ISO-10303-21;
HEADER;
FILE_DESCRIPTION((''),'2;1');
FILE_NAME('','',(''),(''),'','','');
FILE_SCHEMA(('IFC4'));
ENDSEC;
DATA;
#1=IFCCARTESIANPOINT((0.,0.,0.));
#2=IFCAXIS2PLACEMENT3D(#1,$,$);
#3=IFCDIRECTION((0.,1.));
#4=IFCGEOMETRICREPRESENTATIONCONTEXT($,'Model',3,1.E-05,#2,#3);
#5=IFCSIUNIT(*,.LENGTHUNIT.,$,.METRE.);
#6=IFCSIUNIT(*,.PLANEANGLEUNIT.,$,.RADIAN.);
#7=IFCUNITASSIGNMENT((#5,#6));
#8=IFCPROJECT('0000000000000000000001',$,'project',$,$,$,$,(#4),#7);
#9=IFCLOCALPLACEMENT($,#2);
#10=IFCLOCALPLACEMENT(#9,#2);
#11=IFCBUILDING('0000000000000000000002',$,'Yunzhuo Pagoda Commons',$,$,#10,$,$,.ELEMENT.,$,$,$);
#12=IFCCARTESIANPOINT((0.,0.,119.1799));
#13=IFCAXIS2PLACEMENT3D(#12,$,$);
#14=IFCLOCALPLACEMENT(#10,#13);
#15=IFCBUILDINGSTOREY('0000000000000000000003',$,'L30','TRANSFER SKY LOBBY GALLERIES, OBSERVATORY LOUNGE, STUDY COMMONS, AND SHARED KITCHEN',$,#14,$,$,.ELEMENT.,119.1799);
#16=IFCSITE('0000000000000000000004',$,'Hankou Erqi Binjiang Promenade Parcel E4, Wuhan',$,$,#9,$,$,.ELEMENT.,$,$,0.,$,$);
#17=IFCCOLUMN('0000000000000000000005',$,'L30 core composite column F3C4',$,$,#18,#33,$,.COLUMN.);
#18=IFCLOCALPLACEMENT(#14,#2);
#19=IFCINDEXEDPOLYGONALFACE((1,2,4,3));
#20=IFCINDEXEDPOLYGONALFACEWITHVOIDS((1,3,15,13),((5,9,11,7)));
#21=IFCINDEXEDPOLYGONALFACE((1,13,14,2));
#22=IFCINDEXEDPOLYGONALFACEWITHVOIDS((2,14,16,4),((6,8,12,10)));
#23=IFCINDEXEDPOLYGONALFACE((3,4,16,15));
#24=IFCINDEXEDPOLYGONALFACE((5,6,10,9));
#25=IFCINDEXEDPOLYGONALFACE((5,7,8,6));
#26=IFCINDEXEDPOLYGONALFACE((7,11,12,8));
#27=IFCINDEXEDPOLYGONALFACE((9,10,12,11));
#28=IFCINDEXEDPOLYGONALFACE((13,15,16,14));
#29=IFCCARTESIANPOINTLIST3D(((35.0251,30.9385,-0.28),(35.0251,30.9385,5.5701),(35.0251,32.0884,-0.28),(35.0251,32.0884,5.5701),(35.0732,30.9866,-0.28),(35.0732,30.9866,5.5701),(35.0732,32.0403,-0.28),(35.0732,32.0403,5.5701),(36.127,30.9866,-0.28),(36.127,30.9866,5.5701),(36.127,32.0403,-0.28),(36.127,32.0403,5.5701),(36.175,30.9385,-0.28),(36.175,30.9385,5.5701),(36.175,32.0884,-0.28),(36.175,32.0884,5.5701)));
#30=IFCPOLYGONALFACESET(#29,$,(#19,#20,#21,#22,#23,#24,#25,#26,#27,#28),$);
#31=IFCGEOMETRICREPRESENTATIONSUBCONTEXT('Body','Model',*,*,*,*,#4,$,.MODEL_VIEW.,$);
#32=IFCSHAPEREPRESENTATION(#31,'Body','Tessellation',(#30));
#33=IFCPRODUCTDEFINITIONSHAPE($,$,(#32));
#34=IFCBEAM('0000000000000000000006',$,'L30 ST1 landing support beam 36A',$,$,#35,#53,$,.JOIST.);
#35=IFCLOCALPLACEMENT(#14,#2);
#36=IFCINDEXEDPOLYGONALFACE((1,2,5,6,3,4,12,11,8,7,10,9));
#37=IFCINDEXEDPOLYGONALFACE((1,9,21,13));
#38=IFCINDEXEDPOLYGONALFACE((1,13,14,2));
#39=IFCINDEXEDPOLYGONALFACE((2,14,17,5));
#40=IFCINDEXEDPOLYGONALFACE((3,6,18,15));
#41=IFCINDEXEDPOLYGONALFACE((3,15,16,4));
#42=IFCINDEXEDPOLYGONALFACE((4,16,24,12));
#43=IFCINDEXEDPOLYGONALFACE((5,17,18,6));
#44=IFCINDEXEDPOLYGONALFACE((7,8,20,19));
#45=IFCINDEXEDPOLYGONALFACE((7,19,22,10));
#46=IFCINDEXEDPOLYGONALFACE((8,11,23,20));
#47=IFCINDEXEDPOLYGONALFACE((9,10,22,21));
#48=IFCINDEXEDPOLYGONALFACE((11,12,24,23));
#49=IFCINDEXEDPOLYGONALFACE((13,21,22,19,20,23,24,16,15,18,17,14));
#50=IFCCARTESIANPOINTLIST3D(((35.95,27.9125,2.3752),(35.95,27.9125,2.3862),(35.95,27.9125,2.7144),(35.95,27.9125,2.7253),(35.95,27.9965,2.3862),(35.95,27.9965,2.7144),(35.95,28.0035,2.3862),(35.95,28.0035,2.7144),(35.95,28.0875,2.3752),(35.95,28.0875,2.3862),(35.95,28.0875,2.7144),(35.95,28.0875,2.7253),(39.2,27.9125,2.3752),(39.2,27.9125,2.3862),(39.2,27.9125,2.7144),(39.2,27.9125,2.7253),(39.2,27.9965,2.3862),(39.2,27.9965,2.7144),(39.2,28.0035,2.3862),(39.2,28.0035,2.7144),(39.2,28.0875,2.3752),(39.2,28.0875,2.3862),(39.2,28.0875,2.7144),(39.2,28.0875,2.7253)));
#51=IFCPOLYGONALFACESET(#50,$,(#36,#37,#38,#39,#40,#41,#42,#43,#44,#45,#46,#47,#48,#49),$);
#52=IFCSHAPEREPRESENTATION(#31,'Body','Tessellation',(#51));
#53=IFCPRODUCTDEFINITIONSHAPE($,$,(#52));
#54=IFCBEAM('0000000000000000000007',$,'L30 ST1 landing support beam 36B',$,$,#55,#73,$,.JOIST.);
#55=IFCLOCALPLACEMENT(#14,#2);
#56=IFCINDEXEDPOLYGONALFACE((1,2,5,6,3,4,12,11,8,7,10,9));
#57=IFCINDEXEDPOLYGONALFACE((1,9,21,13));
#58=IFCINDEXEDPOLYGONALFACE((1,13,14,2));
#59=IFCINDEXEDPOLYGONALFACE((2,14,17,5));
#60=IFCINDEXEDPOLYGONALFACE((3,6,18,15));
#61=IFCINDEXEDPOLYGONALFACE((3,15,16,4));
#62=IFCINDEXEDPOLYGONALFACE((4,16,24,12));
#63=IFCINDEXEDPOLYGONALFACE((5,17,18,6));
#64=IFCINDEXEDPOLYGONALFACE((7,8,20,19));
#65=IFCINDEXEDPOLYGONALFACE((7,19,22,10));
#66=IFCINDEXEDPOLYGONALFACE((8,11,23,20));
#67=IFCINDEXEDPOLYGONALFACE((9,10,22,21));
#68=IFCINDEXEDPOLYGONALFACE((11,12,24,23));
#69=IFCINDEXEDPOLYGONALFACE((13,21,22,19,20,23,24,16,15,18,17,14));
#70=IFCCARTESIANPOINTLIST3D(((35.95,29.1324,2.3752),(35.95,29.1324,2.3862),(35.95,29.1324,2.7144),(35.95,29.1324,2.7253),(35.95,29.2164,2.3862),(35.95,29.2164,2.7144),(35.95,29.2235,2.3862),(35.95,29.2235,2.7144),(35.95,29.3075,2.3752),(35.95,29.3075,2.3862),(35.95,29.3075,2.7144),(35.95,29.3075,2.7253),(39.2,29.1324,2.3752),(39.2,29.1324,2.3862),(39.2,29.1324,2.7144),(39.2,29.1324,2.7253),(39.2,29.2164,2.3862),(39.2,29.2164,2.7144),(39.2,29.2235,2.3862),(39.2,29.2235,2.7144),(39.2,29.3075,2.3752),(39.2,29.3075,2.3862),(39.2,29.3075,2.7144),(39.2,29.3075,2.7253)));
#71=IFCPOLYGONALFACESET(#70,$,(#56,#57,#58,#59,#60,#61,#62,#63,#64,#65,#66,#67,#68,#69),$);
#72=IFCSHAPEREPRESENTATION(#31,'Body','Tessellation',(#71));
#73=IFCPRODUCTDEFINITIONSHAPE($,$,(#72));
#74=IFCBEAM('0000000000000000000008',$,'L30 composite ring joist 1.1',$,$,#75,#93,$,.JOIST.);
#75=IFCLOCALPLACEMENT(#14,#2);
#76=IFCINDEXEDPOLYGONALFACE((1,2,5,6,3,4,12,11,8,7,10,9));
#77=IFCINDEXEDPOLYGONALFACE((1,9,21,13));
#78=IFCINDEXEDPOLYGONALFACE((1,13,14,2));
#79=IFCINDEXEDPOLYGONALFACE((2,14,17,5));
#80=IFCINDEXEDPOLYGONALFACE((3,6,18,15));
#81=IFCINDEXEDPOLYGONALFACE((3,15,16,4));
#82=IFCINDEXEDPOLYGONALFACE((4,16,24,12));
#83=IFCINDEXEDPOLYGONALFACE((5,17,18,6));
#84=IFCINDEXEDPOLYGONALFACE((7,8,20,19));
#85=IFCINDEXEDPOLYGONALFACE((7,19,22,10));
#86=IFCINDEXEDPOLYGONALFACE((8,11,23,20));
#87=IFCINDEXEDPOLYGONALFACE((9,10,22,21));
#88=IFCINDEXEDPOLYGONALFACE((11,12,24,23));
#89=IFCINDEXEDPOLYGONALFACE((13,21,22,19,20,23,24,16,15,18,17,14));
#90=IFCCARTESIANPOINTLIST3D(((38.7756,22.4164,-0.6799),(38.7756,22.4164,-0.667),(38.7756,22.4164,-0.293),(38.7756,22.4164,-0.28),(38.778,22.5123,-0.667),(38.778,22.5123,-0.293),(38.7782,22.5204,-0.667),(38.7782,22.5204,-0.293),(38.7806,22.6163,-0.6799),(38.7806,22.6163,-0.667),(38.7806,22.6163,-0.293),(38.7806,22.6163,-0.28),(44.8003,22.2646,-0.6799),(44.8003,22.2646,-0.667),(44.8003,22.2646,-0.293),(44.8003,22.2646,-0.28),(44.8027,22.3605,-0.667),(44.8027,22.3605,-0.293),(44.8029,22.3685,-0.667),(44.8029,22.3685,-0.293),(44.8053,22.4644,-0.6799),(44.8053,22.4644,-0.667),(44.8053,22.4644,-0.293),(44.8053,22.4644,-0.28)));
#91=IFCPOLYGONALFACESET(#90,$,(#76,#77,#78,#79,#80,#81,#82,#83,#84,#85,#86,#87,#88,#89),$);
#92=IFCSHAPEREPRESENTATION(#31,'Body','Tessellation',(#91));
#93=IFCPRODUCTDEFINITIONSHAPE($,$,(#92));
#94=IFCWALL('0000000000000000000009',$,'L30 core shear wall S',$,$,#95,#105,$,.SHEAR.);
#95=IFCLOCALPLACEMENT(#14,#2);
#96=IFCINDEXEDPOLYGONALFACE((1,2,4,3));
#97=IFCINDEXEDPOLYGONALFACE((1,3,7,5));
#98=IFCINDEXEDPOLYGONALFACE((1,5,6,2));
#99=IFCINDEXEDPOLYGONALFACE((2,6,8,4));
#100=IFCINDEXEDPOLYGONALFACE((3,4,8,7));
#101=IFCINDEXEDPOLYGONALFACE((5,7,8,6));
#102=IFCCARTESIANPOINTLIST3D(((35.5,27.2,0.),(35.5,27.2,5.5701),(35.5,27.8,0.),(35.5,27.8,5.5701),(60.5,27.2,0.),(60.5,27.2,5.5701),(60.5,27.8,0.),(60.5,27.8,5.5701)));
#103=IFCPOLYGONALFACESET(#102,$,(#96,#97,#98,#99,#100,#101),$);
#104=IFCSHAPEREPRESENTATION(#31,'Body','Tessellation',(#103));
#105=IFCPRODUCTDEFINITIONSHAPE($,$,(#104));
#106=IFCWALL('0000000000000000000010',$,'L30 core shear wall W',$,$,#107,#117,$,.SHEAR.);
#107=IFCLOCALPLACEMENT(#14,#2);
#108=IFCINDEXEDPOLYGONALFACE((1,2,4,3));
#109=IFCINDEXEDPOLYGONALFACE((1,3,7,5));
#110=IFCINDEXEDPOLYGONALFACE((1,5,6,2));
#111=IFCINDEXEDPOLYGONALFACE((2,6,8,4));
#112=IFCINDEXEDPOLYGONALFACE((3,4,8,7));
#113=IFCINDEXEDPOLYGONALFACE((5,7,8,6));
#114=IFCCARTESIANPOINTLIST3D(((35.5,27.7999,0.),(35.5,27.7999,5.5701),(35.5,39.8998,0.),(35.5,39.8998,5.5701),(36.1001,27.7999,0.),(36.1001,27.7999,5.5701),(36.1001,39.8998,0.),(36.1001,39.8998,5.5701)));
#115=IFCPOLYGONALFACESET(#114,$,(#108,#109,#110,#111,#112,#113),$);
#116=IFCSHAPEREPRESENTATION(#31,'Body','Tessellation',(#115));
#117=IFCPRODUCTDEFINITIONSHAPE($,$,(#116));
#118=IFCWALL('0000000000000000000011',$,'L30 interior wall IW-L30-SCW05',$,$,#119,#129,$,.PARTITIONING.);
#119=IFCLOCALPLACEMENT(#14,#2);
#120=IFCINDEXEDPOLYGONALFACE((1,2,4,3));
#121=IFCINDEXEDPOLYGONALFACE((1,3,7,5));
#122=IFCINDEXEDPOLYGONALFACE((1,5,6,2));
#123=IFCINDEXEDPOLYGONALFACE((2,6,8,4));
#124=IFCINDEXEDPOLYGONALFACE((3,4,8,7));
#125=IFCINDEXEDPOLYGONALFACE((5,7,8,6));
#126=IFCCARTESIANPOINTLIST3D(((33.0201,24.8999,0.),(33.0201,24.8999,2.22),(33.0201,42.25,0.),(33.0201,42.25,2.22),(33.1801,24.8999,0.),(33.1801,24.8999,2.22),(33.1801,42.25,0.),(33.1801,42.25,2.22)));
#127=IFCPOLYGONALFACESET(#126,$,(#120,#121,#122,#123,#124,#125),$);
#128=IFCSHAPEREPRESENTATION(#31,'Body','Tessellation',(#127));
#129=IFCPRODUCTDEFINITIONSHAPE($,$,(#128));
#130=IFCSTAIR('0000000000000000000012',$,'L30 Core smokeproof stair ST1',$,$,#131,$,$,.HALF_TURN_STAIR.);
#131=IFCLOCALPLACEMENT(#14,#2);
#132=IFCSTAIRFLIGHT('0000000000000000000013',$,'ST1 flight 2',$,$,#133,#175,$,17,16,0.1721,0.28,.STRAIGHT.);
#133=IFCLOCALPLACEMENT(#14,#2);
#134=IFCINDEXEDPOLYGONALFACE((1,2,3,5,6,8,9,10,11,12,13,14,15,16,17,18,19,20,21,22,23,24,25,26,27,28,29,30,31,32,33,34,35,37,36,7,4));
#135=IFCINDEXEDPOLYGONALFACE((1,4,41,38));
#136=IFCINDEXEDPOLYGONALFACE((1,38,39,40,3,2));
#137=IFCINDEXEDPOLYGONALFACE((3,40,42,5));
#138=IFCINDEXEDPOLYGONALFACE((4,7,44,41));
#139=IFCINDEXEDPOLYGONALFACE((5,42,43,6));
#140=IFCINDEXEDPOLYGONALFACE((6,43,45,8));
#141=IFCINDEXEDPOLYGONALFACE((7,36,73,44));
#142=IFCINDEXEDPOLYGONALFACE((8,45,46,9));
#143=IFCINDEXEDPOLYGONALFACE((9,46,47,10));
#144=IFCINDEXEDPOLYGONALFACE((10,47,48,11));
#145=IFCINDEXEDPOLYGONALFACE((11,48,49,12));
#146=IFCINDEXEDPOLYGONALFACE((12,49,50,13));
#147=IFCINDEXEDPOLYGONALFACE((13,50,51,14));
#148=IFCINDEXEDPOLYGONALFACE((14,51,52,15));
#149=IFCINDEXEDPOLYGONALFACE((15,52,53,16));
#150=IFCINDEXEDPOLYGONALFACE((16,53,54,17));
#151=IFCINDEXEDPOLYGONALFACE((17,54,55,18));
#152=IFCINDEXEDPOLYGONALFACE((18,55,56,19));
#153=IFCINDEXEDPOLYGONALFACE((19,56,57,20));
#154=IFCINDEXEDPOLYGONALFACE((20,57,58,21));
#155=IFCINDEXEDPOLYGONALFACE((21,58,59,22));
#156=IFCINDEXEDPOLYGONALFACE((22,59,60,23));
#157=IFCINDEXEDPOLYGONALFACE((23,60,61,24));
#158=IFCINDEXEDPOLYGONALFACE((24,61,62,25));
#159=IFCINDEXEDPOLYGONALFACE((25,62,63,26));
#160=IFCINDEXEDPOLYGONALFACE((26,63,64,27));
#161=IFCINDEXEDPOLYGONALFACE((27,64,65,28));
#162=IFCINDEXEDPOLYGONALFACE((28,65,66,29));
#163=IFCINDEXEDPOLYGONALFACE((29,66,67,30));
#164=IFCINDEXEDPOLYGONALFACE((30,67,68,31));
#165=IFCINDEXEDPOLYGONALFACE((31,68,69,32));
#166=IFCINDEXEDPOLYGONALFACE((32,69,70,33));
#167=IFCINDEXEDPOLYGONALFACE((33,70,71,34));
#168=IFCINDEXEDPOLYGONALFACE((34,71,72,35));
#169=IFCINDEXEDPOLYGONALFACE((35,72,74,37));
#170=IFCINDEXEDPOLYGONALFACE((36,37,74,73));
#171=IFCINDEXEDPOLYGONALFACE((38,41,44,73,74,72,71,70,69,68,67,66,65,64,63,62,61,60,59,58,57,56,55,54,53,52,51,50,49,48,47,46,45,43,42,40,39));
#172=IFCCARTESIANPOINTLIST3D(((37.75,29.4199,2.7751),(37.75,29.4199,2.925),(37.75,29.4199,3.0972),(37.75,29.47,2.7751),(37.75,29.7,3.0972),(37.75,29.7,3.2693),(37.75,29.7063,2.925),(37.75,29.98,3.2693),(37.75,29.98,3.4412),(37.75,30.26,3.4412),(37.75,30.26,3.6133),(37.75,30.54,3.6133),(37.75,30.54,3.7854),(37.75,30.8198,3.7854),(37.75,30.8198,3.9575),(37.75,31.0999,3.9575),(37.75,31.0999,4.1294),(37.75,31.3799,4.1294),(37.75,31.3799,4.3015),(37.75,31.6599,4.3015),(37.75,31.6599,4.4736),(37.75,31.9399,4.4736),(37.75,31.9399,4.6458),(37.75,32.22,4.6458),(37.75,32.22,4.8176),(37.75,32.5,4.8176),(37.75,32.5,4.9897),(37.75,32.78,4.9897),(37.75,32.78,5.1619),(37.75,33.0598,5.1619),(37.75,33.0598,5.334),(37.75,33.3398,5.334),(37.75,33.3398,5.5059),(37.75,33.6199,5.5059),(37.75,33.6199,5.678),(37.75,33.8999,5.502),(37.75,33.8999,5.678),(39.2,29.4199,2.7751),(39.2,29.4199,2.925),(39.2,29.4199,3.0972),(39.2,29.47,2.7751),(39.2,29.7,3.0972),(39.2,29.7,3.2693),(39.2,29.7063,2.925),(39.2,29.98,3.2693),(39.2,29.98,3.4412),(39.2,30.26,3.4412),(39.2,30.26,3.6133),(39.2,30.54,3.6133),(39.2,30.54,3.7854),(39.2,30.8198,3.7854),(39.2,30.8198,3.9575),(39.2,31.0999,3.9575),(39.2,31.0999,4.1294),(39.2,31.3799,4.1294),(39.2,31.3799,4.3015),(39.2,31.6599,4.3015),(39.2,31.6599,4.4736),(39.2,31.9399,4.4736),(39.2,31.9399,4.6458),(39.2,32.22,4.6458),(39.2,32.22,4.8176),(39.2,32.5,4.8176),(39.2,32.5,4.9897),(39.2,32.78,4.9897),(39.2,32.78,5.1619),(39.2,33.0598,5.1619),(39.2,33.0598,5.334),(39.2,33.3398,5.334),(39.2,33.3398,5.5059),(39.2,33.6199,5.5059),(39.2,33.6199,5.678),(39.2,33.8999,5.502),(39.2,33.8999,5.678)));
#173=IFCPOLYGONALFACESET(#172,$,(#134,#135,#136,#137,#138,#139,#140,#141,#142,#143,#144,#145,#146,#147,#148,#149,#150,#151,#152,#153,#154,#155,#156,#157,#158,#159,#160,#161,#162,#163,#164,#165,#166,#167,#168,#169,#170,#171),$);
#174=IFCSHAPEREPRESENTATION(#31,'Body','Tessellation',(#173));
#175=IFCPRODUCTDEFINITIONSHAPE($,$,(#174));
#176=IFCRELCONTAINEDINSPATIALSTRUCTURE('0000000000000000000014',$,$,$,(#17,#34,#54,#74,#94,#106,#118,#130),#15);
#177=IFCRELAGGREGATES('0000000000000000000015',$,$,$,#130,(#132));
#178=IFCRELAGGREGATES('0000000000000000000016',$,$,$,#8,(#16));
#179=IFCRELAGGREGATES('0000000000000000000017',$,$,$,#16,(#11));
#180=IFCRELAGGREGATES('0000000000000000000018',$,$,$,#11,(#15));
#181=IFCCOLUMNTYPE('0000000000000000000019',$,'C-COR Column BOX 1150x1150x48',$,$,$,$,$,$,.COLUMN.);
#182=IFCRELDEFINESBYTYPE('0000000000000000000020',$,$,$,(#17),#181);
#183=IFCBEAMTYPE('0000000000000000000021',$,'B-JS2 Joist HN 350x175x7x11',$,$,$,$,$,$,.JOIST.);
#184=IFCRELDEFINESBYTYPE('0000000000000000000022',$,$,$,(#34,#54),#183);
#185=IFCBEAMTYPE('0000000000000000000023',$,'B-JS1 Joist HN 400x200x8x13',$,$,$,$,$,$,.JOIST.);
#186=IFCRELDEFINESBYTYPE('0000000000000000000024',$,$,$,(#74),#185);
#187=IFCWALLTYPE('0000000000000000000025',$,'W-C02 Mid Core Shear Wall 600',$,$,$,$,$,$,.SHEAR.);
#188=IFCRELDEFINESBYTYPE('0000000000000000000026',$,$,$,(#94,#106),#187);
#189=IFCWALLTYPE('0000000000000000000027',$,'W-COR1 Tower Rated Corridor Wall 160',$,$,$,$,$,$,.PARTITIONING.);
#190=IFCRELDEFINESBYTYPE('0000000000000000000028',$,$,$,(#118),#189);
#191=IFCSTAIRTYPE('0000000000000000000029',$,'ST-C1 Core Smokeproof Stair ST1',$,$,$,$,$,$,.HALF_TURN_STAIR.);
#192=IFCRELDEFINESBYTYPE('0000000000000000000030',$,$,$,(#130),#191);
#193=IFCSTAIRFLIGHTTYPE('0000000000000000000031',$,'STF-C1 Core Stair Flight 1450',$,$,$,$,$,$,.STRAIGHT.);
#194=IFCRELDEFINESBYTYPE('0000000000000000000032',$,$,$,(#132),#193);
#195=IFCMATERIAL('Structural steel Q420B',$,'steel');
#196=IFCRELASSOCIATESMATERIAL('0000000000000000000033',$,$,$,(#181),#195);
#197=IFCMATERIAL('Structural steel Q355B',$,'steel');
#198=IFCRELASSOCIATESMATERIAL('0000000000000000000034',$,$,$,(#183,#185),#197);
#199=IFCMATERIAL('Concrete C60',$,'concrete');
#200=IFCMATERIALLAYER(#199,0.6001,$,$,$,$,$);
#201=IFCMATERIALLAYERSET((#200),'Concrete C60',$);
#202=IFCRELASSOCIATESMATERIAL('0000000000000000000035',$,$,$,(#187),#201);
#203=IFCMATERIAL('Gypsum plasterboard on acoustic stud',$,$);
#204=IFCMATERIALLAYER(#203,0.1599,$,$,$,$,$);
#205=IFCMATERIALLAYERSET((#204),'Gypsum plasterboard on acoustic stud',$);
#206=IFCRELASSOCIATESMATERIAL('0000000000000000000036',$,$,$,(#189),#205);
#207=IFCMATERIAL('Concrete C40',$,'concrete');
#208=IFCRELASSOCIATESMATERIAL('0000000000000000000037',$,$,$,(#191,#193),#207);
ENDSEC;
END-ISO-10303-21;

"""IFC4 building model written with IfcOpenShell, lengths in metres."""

from ifc_helpers import new_model, si_unit, direction, frame, frame_2d, origin, origin_2d, place, context, subcontext, project, spatial, polyline, rectangle, hollow_rectangle, i_section, outline, extrude, source, transform, mapped, material, layer, layer_set, material_profile, profile_set, type_object, element, aggregate, save


model = new_model("IFC4")

# Units and contexts
model_context = context("Model", 3, precision=1e-05, world=origin(), true_north=direction((0.0, 1.0)))
body_context = subcontext(model_context, "Body", "Model", "MODEL_VIEW")
ifc_project = project(units=[si_unit("LENGTHUNIT", "METRE"), si_unit("PLANEANGLEUNIT", "RADIAN")], contexts=[model_context])

# Site, building, storey
site_placement = place(None, origin())
site = spatial("IfcSite", under=ifc_project, at=site_placement, Name="Hankou Erqi Binjiang Promenade Parcel E4, Wuhan", CompositionType="ELEMENT", RefElevation=0.0)
building_placement = place(site_placement, origin())
building = spatial("IfcBuilding", under=site, at=building_placement, Name="Yunzhuo Pagoda Commons", CompositionType="ELEMENT")
storey_placement = place(building_placement, frame((0.0, 0.0, 119.1799)))
storey = spatial("IfcBuildingStorey", under=building, at=storey_placement, Name="L30", Description="TRANSFER SKY LOBBY GALLERIES, OBSERVATORY LOUNGE, STUDY COMMONS, AND SHARED KITCHEN", CompositionType="ELEMENT", Elevation=119.1799)

# Column
ifc_material_1 = material(Name="Structural steel Q420B", Category="steel")
ifc_material_profile_1 = material_profile(ifc_material_1, hollow_rectangle(XDim=1.1499, YDim=1.1499, WallThickness=0.0481, at=origin_2d()), Name="Structural steel Q420B")
ifc_profile_set_1 = profile_set([ifc_material_profile_1], Name="Structural steel Q420B")
column_type = type_object("IfcColumnType", Name="C-COR Column BOX 1150x1150x48", PredefinedType="COLUMN", material=ifc_profile_set_1)
shared_shape_1 = source(origin(), body_context, "Body", "SweptSolid", [
    extrude(hollow_rectangle(XDim=1.1499, YDim=1.1499, WallThickness=0.0481, at=origin_2d()), origin(), (0.0, 0.0, 1.0), 5.8501),
])
column_placement = place(storey_placement, frame((35.6001, 31.5134, -0.28), z_axis=(0.0, 0.0, 1.0), x_axis=(1.0, 0.0, 0.0)))
element("IfcColumn", 1, at=column_placement, inside=storey, type_object=column_type, Name="L30 core composite column F3C4", PredefinedType="COLUMN", context=body_context, shape_type="MappedRepresentation", body=[
    mapped(shared_shape_1, transform((0.0, 0.0, 0.0), scale=1.0)),
])

# Beams
ifc_material_2 = material(Name="Structural steel Q355B", Category="steel")
ifc_material_profile_2 = material_profile(ifc_material_2, i_section(OverallWidth=0.175, OverallDepth=0.3501, WebThickness=0.0071, FlangeThickness=0.011, at=origin_2d()), Name="Structural steel Q355B")
ifc_profile_set_2 = profile_set([ifc_material_profile_2], Name="Structural steel Q355B")
beam_type_1 = type_object("IfcBeamType", Name="B-JS2 Joist HN 350x175x7x11", PredefinedType="JOIST", material=ifc_profile_set_2)
shared_shape_2 = source(origin(), body_context, "Body", "SweptSolid", [
    extrude(i_section(OverallWidth=0.175, OverallDepth=0.3501, WebThickness=0.0071, FlangeThickness=0.011, at=origin_2d()), origin(), (0.0, 0.0, 1.0), 3.25),
])
for number, where, z_axis, x_axis, name in (
    (2, (35.95, 28.0, 2.5503), (1.0, 0.0, 0.0), (0.0, 1.0, 0.0), "L30 ST1 landing support beam 36A"),
    (3, (35.95, 29.22, 2.5503), (1.0, 0.0, 0.0), (0.0, 1.0, 0.0), "L30 ST1 landing support beam 36B"),
):
    element("IfcBeam", number, at=place(storey_placement, frame(where, z_axis=z_axis, x_axis=x_axis)), inside=storey, type_object=beam_type_1, Name=name, PredefinedType="JOIST", context=body_context, shape_type="MappedRepresentation", body=[
        mapped(shared_shape_2, transform((0.0, 0.0, 0.0), scale=1.0)),
    ])
ifc_material_profile_3 = material_profile(ifc_material_2, i_section(OverallWidth=0.2, OverallDepth=0.3999, WebThickness=0.0081, FlangeThickness=0.0129, at=origin_2d()), Name="Structural steel Q355B")
ifc_profile_set_3 = profile_set([ifc_material_profile_3], Name="Structural steel Q355B")
beam_type_2 = type_object("IfcBeamType", Name="B-JS1 Joist HN 400x200x8x13", PredefinedType="JOIST", material=ifc_profile_set_3)
shared_shape_3 = source(origin(), body_context, "Body", "SweptSolid", [
    extrude(i_section(OverallWidth=0.2, OverallDepth=0.3999, WebThickness=0.0081, FlangeThickness=0.0129, at=origin_2d()), origin(), (0.0, 0.0, 1.0), 6.0266),
])
beam_placement = place(storey_placement, frame((38.7781, 22.5164, -0.48), z_axis=(0.999682, -0.025198, 0.0), x_axis=(0.025198, 0.999682, 0.0)))
element("IfcBeam", 4, at=beam_placement, inside=storey, type_object=beam_type_2, Name="L30 composite ring joist 1.1", PredefinedType="JOIST", context=body_context, shape_type="MappedRepresentation", body=[
    mapped(shared_shape_3, transform((0.0, 0.0, 0.0), scale=1.0)),
])

# Walls
ifc_material_3 = material(Name="Concrete C60", Category="concrete")
ifc_layer_1 = layer(ifc_material_3, 0.6001)
ifc_layer_set_1 = layer_set([ifc_layer_1], Name="Concrete C60")
wall_type_1 = type_object("IfcWallType", Name="W-C02 Mid Core Shear Wall 600", PredefinedType="SHEAR", material=ifc_layer_set_1)
wall_1_placement = place(storey_placement, frame((35.5, 27.5, 0.0), z_axis=(0.0, 0.0, 1.0), x_axis=(1.0, 0.0, 0.0)))
element("IfcWall", 5, at=wall_1_placement, inside=storey, type_object=wall_type_1, Name="L30 core shear wall S", PredefinedType="SHEAR", context=body_context, shape_type="SweptSolid", body=[
    extrude(rectangle(XDim=25.0, YDim=0.6001, at=frame_2d((12.5, 0.0))), origin(), (0.0, 0.0, 1.0), 5.5701),
])
wall_2_placement = place(storey_placement, frame((35.8, 27.8, 0.0), z_axis=(0.0, 0.0, 1.0), x_axis=(0.0, 1.0, 0.0)))
element("IfcWall", 6, at=wall_2_placement, inside=storey, type_object=wall_type_1, Name="L30 core shear wall W", PredefinedType="SHEAR", context=body_context, shape_type="SweptSolid", body=[
    extrude(rectangle(XDim=12.0999, YDim=0.6001, at=frame_2d((6.0498, 0.0))), origin(), (0.0, 0.0, 1.0), 5.5701),
])
ifc_material_4 = material(Name="Gypsum plasterboard on acoustic stud")
ifc_layer_2 = layer(ifc_material_4, 0.1599)
ifc_layer_set_2 = layer_set([ifc_layer_2], Name="Gypsum plasterboard on acoustic stud")
wall_type_2 = type_object("IfcWallType", Name="W-COR1 Tower Rated Corridor Wall 160", PredefinedType="PARTITIONING", material=ifc_layer_set_2)
wall_3_placement = place(storey_placement, frame((33.1001, 24.8999, 0.0), z_axis=(0.0, 0.0, 1.0), x_axis=(0.0, 1.0, 0.0)))
element("IfcWall", 7, at=wall_3_placement, inside=storey, type_object=wall_type_2, Name="L30 interior wall IW-L30-SCW05", PredefinedType="PARTITIONING", context=body_context, shape_type="SweptSolid", body=[
    extrude(rectangle(XDim=17.3501, YDim=0.1599, at=frame_2d((8.675, 0.0))), origin(), (0.0, 0.0, 1.0), 2.22),
])

# Stair, stair flight
ifc_material_5 = material(Name="Concrete C40", Category="concrete")
stair_type = type_object("IfcStairType", Name="ST-C1 Core Smokeproof Stair ST1", PredefinedType="HALF_TURN_STAIR", material=ifc_material_5)
stair_placement = place(storey_placement, origin())
stair = element("IfcStair", 8, at=stair_placement, inside=storey, type_object=stair_type, Name="L30 Core smokeproof stair ST1", PredefinedType="HALF_TURN_STAIR")
stair_flight_type = type_object("IfcStairFlightType", Name="STF-C1 Core Stair Flight 1450", PredefinedType="STRAIGHT", material=ifc_material_5)
shared_shape_4 = source(origin(), body_context, "Body", "SweptSolid", [
    extrude(outline(polyline([(0.0, -0.1499), (0.0, 0.0), (0.0, 0.1721), (0.28, 0.1721), (0.28, 0.3442), (0.5601, 0.3442), (0.5601, 0.5161), (0.8401, 0.5161), (0.8401, 0.6882), (1.1201, 0.6882), (1.1201, 0.8604), (1.3999, 0.8604), (1.3999, 1.0325), (1.6799, 1.0325), (1.6799, 1.2043), (1.96, 1.2043), (1.96, 1.3765), (2.24, 1.3765), (2.24, 1.5486), (2.52, 1.5486), (2.52, 1.7207), (2.8, 1.7207), (2.8, 1.8926), (3.0801, 1.8926), (3.0801, 2.0647), (3.3601, 2.0647), (3.3601, 2.2368), (3.6399, 2.2368), (3.6399, 2.4089), (3.9199, 2.4089), (3.9199, 2.5808), (4.2, 2.5808), (4.2, 2.7529), (4.48, 2.7529), (4.48, 2.925), (4.48, 2.5769), (0.2864, 0.0), (0.05, -0.1499), (0.0, -0.1499)])), frame((0.0, 0.7251, 0.0), z_axis=(0.0, -1.0, 0.0), x_axis=(1.0, 0.0, 0.0)), (0.0, 0.0, 1.0), 1.45),
])
stair_flight_placement = place(storey_placement, frame((38.4751, 29.4199, 2.925), z_axis=(0.0, 0.0, 1.0), x_axis=(0.0, 1.0, 0.0)))
stair_flight = element("IfcStairFlight", 9, at=stair_flight_placement, type_object=stair_flight_type, Name="ST1 flight 2", NumberOfRisers=17, NumberOfTreads=16, PredefinedType="STRAIGHT", RiserHeight=0.1721, TreadLength=0.28, context=body_context, shape_type="MappedRepresentation", body=[
    mapped(shared_shape_4, transform((0.0, 0.0, 0.0), scale=1.0)),
])
aggregate(stair, [stair_flight])

save(model, "model.ifc")
